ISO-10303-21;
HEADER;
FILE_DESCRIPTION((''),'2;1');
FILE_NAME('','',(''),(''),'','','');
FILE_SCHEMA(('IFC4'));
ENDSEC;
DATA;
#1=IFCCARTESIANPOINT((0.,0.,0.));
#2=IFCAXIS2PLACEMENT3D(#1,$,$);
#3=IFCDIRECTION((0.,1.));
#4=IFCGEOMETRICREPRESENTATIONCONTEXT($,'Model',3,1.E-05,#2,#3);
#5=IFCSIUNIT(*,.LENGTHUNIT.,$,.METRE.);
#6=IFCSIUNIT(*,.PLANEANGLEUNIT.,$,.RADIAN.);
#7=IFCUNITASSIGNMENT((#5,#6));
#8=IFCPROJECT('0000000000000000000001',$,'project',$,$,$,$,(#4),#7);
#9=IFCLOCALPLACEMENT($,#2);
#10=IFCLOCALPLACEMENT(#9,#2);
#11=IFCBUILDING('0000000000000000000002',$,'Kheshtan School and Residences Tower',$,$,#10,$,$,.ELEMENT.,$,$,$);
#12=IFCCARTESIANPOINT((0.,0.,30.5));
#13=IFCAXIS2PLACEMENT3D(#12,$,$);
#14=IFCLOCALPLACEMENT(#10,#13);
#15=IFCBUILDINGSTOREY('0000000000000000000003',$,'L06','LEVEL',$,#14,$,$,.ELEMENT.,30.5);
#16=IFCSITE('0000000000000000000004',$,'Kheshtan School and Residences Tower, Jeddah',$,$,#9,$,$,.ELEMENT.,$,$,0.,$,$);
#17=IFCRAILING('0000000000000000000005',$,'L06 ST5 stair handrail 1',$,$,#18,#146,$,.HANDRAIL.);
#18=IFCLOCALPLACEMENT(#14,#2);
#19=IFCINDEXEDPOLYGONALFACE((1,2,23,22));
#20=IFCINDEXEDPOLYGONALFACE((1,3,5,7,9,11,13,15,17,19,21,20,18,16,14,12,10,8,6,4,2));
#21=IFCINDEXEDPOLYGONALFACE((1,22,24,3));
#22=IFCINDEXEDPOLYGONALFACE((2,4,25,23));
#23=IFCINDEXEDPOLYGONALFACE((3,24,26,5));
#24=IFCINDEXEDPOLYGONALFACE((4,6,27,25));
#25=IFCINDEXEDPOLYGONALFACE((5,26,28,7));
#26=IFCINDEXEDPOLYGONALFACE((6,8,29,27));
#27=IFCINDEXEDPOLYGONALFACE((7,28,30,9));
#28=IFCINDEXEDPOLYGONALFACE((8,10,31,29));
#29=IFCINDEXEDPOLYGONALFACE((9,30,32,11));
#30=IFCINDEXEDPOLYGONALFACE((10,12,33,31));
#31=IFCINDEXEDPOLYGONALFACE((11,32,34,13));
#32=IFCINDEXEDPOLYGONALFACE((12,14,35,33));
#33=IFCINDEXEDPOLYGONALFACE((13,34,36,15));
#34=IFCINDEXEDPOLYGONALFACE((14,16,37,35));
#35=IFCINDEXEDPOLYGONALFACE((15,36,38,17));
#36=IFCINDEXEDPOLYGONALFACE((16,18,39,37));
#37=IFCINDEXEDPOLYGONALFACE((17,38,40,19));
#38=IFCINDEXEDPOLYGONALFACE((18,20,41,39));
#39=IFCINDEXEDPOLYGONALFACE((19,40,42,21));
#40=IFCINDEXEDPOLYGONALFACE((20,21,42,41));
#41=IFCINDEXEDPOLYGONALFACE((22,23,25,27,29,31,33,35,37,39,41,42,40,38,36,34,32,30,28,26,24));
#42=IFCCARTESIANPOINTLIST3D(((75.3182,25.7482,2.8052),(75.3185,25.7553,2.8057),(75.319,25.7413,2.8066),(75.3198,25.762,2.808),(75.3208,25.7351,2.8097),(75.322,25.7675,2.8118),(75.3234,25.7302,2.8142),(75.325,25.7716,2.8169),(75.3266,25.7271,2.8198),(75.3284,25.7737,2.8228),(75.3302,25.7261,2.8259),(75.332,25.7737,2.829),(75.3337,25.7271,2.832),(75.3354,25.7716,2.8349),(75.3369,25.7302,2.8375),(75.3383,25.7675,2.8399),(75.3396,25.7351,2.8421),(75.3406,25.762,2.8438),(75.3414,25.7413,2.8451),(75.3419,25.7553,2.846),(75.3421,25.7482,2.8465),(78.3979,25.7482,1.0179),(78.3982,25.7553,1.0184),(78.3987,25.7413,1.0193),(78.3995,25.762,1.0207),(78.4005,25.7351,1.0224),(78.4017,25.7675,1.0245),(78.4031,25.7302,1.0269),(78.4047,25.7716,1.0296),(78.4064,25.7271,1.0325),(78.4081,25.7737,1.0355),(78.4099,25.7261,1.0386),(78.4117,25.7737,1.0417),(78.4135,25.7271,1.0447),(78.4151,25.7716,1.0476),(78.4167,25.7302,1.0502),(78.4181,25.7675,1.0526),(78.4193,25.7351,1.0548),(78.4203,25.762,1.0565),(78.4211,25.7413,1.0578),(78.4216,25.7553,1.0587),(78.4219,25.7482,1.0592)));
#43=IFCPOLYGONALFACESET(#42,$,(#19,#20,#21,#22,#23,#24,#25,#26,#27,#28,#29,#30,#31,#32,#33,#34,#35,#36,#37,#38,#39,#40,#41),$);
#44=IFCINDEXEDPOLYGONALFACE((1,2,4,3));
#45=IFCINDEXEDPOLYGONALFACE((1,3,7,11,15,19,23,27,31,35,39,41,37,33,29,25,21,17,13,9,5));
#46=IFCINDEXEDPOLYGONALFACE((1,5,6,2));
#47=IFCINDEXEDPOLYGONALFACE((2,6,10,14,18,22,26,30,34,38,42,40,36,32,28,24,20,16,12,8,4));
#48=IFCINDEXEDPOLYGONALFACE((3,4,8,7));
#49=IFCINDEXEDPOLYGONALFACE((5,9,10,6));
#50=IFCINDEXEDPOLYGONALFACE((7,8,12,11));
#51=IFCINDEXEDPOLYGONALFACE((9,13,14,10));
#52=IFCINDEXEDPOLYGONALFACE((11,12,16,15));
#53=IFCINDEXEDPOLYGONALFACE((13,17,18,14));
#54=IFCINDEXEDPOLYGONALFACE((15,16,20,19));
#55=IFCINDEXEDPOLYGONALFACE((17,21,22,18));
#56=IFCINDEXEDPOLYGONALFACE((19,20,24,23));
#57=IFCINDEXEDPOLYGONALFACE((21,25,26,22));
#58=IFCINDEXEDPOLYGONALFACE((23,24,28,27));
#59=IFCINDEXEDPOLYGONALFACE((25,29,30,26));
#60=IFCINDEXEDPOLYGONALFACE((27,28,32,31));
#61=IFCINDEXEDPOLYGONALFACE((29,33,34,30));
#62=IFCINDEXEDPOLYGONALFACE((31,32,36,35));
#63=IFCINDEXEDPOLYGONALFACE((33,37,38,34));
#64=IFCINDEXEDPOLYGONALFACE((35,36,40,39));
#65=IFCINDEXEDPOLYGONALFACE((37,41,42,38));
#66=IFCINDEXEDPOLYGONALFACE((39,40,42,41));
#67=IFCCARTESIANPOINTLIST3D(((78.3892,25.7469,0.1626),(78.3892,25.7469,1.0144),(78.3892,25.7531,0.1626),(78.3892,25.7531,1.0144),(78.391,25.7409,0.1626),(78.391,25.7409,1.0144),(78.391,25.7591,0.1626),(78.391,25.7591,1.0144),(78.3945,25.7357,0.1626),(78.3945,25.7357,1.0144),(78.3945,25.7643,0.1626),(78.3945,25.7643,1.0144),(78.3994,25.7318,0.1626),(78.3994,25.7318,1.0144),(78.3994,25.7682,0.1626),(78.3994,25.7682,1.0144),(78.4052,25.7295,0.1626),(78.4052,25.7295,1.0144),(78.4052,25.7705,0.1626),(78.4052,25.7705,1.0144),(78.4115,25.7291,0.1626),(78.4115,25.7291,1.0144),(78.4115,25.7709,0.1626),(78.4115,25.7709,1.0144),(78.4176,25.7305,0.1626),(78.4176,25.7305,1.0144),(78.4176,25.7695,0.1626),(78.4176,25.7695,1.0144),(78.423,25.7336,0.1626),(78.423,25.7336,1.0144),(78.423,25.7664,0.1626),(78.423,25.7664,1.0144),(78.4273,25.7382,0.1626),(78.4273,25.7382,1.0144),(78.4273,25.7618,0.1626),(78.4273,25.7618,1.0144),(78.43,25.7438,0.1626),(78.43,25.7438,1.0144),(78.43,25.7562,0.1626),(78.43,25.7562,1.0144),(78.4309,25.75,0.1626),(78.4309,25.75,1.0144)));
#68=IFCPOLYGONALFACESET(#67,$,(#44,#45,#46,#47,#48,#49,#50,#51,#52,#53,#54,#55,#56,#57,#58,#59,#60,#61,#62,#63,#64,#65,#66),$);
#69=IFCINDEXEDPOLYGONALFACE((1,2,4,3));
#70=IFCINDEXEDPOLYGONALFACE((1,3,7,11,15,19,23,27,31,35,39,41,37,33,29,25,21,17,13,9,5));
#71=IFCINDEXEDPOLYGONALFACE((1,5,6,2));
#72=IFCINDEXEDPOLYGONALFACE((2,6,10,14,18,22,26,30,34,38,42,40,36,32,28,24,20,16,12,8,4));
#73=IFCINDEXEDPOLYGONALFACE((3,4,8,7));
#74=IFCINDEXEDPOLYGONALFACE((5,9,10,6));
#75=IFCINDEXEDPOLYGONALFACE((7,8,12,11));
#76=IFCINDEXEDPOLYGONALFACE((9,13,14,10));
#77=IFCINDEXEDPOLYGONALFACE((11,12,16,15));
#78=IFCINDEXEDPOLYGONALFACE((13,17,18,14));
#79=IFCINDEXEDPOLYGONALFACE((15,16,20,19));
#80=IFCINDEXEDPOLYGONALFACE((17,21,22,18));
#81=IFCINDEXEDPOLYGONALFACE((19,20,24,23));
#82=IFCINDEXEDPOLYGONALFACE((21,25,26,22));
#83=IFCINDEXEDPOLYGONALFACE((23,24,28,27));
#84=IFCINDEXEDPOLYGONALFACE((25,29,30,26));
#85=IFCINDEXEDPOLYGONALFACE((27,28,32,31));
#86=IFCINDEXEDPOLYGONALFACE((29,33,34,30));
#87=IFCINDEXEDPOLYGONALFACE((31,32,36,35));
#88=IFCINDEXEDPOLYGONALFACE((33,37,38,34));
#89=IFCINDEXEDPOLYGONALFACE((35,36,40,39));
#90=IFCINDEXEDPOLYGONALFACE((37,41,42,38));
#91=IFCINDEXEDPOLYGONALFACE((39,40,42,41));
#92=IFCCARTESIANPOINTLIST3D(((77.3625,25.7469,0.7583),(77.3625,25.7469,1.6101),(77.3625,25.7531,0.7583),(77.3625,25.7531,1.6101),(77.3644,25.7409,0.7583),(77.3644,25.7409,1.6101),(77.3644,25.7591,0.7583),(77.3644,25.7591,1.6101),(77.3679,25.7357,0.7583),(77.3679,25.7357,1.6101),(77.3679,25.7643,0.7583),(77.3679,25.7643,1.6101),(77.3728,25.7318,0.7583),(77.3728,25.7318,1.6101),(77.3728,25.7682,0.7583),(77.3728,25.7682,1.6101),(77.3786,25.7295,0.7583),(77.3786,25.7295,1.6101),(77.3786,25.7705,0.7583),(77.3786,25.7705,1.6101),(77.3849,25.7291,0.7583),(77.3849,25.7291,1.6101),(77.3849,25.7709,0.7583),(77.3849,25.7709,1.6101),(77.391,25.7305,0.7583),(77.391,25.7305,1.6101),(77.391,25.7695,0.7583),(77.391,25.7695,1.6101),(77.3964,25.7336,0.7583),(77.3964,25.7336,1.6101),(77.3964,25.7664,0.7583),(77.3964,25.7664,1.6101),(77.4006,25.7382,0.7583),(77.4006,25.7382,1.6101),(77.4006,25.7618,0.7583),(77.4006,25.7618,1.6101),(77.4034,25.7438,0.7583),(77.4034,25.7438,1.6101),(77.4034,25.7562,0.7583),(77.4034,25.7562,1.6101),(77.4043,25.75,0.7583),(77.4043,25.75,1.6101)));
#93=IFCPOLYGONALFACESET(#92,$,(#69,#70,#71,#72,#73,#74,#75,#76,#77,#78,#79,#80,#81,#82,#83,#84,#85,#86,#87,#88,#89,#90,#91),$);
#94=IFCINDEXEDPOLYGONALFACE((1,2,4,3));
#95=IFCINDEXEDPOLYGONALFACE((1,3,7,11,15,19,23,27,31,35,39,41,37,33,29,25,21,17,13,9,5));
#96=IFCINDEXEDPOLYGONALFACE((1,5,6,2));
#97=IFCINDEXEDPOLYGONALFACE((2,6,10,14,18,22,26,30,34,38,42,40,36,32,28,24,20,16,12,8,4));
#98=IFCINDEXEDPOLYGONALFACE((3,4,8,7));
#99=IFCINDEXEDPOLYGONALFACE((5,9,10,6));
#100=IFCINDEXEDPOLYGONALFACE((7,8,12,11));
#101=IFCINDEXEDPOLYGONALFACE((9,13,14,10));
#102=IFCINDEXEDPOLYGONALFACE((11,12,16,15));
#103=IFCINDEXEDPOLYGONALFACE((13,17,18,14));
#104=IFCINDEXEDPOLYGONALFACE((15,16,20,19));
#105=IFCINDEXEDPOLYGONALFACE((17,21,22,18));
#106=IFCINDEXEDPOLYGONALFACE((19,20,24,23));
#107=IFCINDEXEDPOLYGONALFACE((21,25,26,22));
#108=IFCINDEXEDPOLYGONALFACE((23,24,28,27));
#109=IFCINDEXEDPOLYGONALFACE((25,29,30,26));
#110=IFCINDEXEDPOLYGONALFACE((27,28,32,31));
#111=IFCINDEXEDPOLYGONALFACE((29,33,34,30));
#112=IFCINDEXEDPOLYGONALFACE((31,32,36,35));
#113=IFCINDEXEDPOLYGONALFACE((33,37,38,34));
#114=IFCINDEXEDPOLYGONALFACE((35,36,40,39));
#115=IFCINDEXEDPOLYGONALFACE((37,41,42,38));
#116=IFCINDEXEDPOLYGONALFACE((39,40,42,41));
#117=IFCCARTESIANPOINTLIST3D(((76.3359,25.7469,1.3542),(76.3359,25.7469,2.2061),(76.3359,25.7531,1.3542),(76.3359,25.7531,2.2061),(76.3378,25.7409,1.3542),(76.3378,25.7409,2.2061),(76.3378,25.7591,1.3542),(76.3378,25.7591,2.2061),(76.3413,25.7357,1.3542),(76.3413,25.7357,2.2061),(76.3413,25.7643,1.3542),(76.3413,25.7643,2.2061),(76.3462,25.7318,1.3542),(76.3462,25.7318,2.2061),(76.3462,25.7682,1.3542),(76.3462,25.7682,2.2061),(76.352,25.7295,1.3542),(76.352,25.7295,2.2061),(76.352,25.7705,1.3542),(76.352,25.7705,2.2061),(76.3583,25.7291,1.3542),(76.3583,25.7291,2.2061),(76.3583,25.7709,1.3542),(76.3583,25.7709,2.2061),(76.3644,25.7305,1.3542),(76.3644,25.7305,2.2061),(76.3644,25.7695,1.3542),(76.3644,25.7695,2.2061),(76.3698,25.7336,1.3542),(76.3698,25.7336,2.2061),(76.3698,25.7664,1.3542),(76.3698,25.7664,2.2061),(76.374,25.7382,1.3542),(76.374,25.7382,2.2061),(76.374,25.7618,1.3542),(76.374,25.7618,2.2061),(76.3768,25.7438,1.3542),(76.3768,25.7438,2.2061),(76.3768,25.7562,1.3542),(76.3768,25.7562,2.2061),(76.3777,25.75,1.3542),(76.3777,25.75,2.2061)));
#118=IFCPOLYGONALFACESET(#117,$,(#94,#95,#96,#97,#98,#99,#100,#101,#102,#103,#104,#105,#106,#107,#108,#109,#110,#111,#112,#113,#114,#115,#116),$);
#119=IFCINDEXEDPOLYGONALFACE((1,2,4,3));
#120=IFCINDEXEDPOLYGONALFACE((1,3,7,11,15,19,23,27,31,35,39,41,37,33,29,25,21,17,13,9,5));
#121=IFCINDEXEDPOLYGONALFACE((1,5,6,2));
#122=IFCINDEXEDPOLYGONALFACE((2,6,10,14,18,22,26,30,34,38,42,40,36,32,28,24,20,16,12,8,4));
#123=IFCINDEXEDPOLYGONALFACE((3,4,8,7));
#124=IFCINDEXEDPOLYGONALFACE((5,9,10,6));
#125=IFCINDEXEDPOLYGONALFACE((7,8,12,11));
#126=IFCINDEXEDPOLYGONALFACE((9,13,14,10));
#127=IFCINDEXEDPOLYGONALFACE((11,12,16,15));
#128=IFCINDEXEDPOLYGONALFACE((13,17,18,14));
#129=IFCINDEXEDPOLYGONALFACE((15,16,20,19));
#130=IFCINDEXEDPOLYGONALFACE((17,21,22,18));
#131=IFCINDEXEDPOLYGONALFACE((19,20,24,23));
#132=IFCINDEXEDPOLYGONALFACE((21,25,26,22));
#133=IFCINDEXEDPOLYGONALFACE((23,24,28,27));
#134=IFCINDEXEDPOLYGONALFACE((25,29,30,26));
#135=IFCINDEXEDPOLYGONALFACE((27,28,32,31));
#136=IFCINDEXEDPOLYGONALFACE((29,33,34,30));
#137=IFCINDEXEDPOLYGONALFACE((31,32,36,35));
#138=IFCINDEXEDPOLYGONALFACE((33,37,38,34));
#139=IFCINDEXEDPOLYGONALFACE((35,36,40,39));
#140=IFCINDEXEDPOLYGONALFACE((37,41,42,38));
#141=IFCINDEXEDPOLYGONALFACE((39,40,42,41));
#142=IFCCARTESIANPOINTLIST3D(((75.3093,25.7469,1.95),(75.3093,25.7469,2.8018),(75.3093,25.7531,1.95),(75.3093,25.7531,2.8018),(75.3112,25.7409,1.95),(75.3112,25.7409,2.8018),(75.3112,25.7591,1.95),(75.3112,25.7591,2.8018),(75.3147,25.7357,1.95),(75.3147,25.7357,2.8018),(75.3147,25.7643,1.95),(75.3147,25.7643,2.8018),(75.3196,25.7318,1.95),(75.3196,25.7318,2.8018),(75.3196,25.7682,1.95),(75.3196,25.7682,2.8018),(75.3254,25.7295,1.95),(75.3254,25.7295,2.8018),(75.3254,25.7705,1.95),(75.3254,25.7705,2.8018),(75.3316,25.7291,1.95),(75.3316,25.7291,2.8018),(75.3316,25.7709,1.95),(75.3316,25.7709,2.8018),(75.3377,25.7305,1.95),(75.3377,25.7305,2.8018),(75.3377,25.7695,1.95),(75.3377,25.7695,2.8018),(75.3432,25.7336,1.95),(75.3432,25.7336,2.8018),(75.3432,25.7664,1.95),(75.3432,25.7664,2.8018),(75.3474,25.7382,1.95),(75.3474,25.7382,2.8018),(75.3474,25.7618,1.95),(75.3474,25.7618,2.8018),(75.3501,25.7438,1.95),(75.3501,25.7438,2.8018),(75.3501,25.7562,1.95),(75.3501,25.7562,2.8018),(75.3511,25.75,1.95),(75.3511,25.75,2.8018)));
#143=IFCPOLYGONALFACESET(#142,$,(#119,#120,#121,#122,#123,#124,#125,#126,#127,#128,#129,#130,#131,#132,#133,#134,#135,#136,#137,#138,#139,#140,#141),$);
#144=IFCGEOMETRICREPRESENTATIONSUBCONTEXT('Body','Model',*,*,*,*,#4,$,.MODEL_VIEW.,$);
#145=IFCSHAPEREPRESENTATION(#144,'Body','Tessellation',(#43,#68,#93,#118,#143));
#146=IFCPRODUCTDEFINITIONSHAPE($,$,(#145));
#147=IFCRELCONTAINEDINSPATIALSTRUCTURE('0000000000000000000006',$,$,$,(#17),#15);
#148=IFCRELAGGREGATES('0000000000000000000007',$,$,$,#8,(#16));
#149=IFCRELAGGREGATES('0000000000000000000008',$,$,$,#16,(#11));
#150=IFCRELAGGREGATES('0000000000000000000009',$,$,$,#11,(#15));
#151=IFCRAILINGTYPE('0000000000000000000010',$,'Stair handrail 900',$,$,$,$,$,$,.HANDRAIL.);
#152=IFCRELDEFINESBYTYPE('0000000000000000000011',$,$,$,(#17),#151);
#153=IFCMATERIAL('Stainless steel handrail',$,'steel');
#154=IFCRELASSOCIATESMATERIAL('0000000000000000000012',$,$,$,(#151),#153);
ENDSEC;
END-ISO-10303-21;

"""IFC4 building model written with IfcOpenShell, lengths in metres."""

from ifc_helpers import new_model, si_unit, direction, frame, origin, origin_2d, place, context, subcontext, project, spatial, circle, extrude, material, type_object, element, save


model = new_model("IFC4")

# Units and contexts
model_context = context("Model", 3, precision=1e-05, world=origin(), true_north=direction((0.0, 1.0)))
body_context = subcontext(model_context, "Body", "Model", "MODEL_VIEW")
ifc_project = project(units=[si_unit("LENGTHUNIT", "METRE"), si_unit("PLANEANGLEUNIT", "RADIAN")], contexts=[model_context])

# Site, building, storey
site_placement = place(None, origin())
site = spatial("IfcSite", under=ifc_project, at=site_placement, Name="Kheshtan School and Residences Tower, Jeddah", CompositionType="ELEMENT", RefElevation=0.0)
building_placement = place(site_placement, origin())
building = spatial("IfcBuilding", under=site, at=building_placement, Name="Kheshtan School and Residences Tower", CompositionType="ELEMENT")
storey_placement = place(building_placement, frame((0.0, 0.0, 30.5)))
storey = spatial("IfcBuildingStorey", under=building, at=storey_placement, Name="L06", Description="LEVEL", CompositionType="ELEMENT", Elevation=30.5)

# Railing
ifc_material_1 = material(Name="Stainless steel handrail", Category="steel")
railing_type_1 = type_object("IfcRailingType", Name="Stair handrail 900", PredefinedType="HANDRAIL", material=ifc_material_1)
railing_1_placement = place(storey_placement, frame((78.4099, 25.75, 0.1626)))
element("IfcRailing", 1, at=railing_1_placement, inside=storey, type_object=railing_type_1, Name="L06 ST5 stair handrail 1", PredefinedType="HANDRAIL", context=body_context, shape_type="SweptSolid", body=[
    extrude(circle(Radius=0.0239, at=origin_2d()), frame((0.0, 0.0, 0.876), z_axis=(-0.864903, 0.0, 0.501939), x_axis=(0.0, -1.0, 0.0)), (0.0, 0.0, 1.0), 3.5608),
    extrude(circle(Radius=0.021, at=origin_2d()), origin(), (0.0, 0.0, 1.0), 0.8518),
    extrude(circle(Radius=0.021, at=origin_2d()), frame((-1.0266, 0.0, 0.5957)), (0.0, 0.0, 1.0), 0.8518),
    extrude(circle(Radius=0.021, at=origin_2d()), frame((-2.0532, 0.0, 1.1917)), (0.0, 0.0, 1.0), 0.8518),
    extrude(circle(Radius=0.021, at=origin_2d()), frame((-3.0798, 0.0, 1.7874)), (0.0, 0.0, 1.0), 0.8518),
])

save(model, "model.ifc")
